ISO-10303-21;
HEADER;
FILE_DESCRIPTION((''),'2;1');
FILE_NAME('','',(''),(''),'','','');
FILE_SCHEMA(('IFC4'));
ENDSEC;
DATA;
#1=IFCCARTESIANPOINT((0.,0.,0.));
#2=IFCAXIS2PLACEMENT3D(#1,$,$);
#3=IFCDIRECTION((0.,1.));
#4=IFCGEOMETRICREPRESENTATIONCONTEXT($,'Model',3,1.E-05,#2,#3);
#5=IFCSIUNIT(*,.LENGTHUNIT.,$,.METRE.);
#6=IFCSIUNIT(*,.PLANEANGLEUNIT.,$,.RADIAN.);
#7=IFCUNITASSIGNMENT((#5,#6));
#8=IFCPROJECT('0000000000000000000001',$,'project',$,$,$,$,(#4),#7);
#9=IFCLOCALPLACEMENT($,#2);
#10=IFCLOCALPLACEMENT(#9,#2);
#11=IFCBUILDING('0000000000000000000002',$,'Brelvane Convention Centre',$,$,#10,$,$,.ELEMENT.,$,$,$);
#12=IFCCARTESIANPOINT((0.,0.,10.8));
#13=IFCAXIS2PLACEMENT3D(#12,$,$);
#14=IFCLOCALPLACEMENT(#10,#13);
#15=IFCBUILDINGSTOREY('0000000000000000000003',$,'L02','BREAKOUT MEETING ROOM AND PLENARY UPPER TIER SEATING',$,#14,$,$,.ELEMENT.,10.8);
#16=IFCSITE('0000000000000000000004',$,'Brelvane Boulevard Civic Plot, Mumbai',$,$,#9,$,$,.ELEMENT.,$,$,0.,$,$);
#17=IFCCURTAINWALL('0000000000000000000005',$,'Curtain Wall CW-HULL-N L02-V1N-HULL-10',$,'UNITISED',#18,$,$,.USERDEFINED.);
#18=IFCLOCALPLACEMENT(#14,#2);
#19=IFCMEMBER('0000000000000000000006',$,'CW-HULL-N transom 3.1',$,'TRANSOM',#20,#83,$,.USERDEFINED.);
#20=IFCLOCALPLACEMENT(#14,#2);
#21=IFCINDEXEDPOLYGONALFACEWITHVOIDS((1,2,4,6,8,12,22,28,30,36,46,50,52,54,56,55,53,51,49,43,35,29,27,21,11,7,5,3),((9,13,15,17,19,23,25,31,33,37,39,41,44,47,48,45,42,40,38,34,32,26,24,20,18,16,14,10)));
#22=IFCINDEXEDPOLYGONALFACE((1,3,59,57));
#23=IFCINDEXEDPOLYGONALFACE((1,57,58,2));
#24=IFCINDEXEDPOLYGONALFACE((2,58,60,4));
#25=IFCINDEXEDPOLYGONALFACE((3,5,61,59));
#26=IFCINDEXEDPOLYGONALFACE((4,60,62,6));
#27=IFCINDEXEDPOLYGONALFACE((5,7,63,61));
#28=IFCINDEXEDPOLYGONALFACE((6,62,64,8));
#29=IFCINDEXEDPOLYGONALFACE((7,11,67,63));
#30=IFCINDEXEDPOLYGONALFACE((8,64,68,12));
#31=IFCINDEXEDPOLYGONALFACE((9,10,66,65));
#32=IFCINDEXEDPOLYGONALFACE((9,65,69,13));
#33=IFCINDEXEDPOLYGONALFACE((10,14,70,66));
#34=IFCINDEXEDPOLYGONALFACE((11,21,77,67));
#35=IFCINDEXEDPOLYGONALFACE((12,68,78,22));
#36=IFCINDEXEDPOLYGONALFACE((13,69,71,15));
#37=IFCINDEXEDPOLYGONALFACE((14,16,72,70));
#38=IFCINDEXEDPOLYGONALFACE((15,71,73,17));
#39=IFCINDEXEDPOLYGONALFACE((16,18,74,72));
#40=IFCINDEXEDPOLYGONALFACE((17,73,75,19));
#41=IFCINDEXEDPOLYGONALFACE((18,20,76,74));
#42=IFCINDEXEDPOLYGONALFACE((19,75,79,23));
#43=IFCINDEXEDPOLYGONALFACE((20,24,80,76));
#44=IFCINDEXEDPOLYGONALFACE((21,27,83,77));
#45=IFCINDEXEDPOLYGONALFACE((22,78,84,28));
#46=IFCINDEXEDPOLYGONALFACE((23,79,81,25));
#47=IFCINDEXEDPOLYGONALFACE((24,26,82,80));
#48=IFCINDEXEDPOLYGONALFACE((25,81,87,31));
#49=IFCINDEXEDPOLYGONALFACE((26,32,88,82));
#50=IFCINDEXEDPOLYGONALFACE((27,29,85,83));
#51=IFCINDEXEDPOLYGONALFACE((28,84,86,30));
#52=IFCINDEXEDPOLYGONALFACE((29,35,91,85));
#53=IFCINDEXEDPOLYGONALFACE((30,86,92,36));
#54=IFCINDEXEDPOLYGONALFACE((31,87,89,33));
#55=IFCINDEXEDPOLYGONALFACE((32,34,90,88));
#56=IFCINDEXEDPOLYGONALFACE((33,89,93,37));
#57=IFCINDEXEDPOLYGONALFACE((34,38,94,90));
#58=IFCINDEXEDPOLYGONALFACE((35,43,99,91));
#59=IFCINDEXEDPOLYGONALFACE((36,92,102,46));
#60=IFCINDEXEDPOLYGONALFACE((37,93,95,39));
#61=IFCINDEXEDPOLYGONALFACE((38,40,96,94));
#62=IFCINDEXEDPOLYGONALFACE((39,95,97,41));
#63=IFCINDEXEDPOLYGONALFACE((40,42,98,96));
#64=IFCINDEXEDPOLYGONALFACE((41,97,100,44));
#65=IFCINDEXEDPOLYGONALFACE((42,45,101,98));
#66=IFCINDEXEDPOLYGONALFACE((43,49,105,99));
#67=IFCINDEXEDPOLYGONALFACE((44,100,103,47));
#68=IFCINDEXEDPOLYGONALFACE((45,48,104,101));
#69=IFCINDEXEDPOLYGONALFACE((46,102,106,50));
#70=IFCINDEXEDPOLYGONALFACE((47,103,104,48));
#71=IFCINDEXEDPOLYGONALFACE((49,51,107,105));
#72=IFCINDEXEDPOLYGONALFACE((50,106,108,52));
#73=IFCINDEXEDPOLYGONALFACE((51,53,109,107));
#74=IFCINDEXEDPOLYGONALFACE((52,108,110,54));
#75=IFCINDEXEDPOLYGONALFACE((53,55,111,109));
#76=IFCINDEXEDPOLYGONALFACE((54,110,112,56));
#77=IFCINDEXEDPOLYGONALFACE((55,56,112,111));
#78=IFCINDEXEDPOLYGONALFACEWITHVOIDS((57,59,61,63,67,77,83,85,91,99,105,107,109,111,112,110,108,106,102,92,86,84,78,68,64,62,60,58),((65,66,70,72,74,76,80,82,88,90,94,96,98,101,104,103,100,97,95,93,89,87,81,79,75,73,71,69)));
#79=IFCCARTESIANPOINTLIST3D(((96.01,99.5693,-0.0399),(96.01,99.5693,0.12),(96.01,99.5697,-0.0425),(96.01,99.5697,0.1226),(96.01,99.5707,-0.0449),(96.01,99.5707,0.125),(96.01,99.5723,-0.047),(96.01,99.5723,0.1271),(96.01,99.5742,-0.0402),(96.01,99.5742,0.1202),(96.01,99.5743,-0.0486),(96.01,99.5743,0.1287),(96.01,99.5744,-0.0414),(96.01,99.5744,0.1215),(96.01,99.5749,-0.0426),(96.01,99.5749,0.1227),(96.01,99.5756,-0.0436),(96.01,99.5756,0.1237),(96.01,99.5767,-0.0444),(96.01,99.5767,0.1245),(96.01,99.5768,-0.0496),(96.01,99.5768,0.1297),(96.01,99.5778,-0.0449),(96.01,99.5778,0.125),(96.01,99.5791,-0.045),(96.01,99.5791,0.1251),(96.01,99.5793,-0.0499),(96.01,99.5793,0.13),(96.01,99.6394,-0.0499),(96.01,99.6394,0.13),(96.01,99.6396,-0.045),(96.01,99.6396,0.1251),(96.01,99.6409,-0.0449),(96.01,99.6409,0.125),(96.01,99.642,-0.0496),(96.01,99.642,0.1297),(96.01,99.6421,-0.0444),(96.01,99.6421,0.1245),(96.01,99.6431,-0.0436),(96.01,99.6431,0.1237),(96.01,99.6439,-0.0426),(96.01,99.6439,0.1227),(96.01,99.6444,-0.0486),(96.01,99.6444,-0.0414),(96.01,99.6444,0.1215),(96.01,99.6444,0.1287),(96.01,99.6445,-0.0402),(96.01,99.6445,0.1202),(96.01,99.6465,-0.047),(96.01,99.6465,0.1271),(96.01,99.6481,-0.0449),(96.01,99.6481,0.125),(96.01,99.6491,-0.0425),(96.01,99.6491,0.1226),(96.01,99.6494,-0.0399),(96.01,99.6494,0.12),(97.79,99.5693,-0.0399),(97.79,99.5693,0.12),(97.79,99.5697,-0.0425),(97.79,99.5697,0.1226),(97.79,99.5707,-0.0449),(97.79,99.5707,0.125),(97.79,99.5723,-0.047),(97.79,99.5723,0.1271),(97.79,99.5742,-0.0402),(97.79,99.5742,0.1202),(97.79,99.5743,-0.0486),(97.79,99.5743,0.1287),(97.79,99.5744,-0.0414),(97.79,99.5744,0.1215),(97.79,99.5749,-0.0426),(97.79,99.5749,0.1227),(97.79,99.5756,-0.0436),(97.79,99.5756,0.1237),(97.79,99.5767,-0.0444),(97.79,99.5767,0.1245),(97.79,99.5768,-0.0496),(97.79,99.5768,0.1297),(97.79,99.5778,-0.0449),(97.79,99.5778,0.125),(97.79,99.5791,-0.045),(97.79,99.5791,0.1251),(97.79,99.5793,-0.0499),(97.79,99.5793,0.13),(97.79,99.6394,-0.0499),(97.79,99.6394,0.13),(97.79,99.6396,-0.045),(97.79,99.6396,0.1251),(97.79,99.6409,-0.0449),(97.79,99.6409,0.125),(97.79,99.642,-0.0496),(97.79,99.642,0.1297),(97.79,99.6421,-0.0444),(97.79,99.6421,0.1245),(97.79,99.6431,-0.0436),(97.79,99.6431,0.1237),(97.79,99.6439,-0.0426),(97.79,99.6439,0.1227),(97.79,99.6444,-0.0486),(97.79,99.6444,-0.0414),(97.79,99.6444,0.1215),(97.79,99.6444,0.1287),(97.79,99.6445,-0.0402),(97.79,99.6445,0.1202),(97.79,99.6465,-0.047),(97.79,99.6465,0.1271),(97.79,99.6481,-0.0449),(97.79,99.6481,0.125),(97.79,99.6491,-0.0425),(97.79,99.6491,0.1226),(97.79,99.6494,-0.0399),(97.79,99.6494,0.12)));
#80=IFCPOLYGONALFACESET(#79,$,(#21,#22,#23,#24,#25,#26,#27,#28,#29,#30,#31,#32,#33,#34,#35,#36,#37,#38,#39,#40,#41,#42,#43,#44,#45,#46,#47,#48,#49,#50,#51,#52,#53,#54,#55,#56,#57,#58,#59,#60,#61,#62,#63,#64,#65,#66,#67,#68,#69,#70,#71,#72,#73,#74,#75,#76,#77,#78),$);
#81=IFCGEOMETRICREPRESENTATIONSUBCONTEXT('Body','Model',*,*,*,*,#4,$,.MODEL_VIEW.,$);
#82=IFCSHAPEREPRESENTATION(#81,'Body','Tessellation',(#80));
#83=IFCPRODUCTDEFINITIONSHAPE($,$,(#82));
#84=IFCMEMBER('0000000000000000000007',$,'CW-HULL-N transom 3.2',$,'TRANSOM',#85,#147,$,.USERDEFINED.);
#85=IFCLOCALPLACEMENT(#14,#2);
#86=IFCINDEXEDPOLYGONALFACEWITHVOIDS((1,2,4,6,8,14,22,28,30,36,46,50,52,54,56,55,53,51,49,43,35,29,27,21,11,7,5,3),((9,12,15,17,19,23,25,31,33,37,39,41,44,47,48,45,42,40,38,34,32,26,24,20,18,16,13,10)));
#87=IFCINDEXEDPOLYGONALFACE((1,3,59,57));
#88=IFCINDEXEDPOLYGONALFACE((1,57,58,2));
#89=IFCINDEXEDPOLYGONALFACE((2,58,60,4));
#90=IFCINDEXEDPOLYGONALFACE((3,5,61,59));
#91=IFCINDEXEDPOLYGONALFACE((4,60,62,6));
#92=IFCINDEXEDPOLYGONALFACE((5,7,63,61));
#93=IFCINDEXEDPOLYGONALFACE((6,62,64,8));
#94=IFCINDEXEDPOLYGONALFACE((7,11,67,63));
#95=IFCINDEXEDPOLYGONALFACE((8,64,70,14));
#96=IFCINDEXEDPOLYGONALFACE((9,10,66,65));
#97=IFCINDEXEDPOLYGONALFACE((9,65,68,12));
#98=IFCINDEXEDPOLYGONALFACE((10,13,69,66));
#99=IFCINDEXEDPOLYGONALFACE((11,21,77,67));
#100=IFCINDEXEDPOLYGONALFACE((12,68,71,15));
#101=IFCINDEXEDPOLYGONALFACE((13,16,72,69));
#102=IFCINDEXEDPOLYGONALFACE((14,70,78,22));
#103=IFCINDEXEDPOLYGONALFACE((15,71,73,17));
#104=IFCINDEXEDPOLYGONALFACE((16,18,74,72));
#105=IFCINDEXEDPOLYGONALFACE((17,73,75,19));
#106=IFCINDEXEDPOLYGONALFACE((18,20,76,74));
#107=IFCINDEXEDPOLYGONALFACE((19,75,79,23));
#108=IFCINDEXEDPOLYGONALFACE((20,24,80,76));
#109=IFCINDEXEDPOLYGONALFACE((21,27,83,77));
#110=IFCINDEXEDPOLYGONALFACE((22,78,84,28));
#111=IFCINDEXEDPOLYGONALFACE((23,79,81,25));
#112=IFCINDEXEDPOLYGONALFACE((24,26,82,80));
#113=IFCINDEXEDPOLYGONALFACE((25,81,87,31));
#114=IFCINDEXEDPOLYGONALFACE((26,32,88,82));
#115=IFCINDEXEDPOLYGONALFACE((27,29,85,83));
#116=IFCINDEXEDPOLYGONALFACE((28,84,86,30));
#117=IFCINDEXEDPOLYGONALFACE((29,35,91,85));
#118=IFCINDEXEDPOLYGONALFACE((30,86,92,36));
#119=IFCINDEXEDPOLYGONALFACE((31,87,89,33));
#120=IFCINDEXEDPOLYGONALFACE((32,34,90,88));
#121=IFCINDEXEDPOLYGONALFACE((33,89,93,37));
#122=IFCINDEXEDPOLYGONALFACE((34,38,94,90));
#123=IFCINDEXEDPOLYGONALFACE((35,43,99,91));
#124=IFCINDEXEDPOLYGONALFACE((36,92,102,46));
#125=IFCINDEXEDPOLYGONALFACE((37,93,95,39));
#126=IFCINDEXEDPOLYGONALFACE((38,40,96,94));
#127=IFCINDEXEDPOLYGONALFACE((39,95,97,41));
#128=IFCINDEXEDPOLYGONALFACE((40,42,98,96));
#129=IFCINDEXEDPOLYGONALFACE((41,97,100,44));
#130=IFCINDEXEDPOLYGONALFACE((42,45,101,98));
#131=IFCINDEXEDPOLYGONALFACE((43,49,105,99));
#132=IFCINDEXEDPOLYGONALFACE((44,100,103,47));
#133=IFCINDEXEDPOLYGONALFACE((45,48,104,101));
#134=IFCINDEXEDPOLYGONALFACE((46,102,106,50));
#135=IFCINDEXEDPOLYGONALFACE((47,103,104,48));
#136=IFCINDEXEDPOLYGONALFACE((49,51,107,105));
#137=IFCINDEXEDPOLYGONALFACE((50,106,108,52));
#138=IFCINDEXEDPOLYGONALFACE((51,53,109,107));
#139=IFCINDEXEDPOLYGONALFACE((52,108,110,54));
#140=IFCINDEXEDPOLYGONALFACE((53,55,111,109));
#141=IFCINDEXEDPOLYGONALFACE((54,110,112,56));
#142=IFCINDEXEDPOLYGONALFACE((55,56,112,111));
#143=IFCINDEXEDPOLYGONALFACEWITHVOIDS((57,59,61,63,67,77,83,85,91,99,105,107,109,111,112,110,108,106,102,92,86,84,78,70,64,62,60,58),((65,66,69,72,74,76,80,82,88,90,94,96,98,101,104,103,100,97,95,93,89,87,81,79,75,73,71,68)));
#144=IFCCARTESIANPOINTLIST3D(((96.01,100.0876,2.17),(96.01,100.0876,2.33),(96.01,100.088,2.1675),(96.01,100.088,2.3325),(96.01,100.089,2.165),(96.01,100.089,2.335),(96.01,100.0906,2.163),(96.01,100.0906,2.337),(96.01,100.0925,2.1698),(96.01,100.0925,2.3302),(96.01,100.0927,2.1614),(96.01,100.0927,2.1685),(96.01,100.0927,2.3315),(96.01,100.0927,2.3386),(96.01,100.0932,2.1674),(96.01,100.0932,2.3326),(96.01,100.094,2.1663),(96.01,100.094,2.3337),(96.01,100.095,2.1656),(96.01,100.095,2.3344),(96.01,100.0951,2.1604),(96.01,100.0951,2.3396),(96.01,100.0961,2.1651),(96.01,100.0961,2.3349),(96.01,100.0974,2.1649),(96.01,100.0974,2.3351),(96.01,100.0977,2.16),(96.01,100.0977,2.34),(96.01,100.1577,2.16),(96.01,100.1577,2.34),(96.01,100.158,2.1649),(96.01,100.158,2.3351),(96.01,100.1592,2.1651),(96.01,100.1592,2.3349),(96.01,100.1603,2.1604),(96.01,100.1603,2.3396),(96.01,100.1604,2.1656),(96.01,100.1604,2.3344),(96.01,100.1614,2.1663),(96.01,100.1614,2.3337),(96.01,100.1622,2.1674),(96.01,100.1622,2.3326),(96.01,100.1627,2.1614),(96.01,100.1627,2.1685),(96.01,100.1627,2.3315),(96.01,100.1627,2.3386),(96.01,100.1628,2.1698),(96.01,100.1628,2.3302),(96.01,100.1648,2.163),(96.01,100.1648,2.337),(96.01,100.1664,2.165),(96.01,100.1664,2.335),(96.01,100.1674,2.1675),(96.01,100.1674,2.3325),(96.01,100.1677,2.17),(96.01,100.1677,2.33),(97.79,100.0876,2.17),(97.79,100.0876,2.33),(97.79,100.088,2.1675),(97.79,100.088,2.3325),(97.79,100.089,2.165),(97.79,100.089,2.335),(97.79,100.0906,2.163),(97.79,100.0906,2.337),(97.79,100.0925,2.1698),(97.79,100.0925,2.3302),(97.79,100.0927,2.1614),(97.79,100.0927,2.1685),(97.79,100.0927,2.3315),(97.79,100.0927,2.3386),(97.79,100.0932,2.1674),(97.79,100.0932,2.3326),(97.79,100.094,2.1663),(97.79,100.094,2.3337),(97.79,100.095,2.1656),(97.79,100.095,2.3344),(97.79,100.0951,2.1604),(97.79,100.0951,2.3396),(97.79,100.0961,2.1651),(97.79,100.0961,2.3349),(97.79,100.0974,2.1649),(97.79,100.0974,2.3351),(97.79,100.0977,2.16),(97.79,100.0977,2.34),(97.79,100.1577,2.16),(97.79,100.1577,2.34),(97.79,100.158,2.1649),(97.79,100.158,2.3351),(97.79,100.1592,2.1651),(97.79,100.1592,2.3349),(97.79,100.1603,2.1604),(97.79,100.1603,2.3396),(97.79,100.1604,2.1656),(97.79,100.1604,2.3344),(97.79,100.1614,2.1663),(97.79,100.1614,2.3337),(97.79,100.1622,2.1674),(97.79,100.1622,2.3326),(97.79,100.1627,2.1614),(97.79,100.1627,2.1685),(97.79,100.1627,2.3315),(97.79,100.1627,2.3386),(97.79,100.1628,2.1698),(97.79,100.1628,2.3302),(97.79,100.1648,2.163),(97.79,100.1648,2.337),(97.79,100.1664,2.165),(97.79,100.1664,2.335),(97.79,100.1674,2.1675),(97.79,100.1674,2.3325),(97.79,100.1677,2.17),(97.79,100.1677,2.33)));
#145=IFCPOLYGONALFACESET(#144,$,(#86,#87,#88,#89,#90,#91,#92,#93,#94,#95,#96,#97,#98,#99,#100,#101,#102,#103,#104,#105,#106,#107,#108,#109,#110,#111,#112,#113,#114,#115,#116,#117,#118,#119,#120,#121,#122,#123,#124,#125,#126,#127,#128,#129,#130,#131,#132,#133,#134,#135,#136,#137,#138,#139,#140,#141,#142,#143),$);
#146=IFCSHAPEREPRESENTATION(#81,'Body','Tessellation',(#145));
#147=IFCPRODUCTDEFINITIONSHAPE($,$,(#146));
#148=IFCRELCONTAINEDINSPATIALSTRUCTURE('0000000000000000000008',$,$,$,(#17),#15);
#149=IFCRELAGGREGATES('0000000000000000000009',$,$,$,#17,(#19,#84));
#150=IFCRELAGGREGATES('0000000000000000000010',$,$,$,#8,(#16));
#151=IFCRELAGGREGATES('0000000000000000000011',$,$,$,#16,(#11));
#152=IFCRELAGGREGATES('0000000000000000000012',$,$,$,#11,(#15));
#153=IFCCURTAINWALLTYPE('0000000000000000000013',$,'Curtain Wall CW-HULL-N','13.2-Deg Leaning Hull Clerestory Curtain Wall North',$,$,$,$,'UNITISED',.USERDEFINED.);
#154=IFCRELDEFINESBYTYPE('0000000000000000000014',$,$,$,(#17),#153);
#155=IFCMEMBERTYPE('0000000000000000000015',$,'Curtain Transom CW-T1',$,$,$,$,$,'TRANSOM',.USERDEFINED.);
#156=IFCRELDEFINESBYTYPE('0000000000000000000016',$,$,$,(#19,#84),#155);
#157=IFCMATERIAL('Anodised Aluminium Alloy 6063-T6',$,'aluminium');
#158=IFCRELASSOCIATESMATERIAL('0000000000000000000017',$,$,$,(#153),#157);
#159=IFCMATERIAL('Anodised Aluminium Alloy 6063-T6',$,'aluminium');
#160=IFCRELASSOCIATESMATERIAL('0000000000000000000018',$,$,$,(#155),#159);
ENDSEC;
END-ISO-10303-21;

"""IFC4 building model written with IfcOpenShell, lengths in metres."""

from ifc_helpers import new_model, si_unit, direction, frame, origin, origin_2d, place, context, subcontext, project, spatial, hollow_rectangle, extrude, material, material_profile, profile_set, type_object, element, aggregate, save


model = new_model("IFC4")

# Units and contexts
model_context = context("Model", 3, precision=1e-05, world=origin(), true_north=direction((0.0, 1.0)))
body_context = subcontext(model_context, "Body", "Model", "MODEL_VIEW")
ifc_project = project(units=[si_unit("LENGTHUNIT", "METRE"), si_unit("PLANEANGLEUNIT", "RADIAN")], contexts=[model_context])

# Site, building, storey
site_placement = place(None, origin())
site = spatial("IfcSite", under=ifc_project, at=site_placement, Name="Brelvane Boulevard Civic Plot, Mumbai", CompositionType="ELEMENT", RefElevation=0.0)
building_placement = place(site_placement, origin())
building = spatial("IfcBuilding", under=site, at=building_placement, Name="Brelvane Convention Centre", CompositionType="ELEMENT")
storey_placement = place(building_placement, frame((0.0, 0.0, 10.8)))
storey = spatial("IfcBuildingStorey", under=building, at=storey_placement, Name="L02", Description="BREAKOUT MEETING ROOM AND PLENARY UPPER TIER SEATING", CompositionType="ELEMENT", Elevation=10.8)

# Curtain wall, members
ifc_material_1 = material(Name="Anodised Aluminium Alloy 6063-T6", Category="aluminium")
curtain_wall_type = type_object("IfcCurtainWallType", Name="Curtain Wall CW-HULL-N", Description="13.2-Deg Leaning Hull Clerestory Curtain Wall North", ElementType="UNITISED", PredefinedType="USERDEFINED", material=ifc_material_1)
curtain_wall_placement = place(storey_placement, origin())
curtain_wall = element("IfcCurtainWall", 1, at=curtain_wall_placement, inside=storey, type_object=curtain_wall_type, Name="Curtain Wall CW-HULL-N L02-V1N-HULL-10", ObjectType="UNITISED", PredefinedType="USERDEFINED")
ifc_material_2 = material(Name="Anodised Aluminium Alloy 6063-T6", Category="aluminium")
ifc_material_profile_1 = material_profile(ifc_material_2, hollow_rectangle(XDim=0.0801, YDim=0.1799, WallThickness=0.0049, InnerFilletRadius=0.0049, OuterFilletRadius=0.01, at=origin_2d()), Name="ALU-T 180x80x5.0")
ifc_profile_set_1 = profile_set([ifc_material_profile_1], Name="Anodised Aluminium Alloy 6063-T6")
member_type_1 = type_object("IfcMemberType", Name="Curtain Transom CW-T1", ElementType="TRANSOM", PredefinedType="USERDEFINED", material=ifc_profile_set_1)
member_1_placement = place(storey_placement, frame((96.01, 99.6094, 0.04), z_axis=(1.0, 0.0, 0.0), x_axis=(0.0, 1.0, 0.0)))
member_1 = element("IfcMember", 2, at=member_1_placement, type_object=member_type_1, Name="CW-HULL-N transom 3.1", ObjectType="TRANSOM", PredefinedType="USERDEFINED", context=body_context, shape_type="SweptSolid", body=[
    extrude(hollow_rectangle(XDim=0.0801, YDim=0.1799, WallThickness=0.0049, InnerFilletRadius=0.0049, OuterFilletRadius=0.01, at=origin_2d()), origin(), (0.0, 0.0, 1.0), 1.78),
])
member_2_placement = place(storey_placement, frame((96.01, 100.1277, 2.25), z_axis=(1.0, 0.0, 0.0), x_axis=(0.0, 1.0, 0.0)))
member_2 = element("IfcMember", 3, at=member_2_placement, type_object=member_type_1, Name="CW-HULL-N transom 3.2", ObjectType="TRANSOM", PredefinedType="USERDEFINED", context=body_context, shape_type="SweptSolid", body=[
    extrude(hollow_rectangle(XDim=0.0801, YDim=0.1799, WallThickness=0.0049, InnerFilletRadius=0.0049, OuterFilletRadius=0.01, at=origin_2d()), origin(), (0.0, 0.0, 1.0), 1.78),
])

aggregate(curtain_wall, [member_1, member_2])

save(model, "model.ifc")
